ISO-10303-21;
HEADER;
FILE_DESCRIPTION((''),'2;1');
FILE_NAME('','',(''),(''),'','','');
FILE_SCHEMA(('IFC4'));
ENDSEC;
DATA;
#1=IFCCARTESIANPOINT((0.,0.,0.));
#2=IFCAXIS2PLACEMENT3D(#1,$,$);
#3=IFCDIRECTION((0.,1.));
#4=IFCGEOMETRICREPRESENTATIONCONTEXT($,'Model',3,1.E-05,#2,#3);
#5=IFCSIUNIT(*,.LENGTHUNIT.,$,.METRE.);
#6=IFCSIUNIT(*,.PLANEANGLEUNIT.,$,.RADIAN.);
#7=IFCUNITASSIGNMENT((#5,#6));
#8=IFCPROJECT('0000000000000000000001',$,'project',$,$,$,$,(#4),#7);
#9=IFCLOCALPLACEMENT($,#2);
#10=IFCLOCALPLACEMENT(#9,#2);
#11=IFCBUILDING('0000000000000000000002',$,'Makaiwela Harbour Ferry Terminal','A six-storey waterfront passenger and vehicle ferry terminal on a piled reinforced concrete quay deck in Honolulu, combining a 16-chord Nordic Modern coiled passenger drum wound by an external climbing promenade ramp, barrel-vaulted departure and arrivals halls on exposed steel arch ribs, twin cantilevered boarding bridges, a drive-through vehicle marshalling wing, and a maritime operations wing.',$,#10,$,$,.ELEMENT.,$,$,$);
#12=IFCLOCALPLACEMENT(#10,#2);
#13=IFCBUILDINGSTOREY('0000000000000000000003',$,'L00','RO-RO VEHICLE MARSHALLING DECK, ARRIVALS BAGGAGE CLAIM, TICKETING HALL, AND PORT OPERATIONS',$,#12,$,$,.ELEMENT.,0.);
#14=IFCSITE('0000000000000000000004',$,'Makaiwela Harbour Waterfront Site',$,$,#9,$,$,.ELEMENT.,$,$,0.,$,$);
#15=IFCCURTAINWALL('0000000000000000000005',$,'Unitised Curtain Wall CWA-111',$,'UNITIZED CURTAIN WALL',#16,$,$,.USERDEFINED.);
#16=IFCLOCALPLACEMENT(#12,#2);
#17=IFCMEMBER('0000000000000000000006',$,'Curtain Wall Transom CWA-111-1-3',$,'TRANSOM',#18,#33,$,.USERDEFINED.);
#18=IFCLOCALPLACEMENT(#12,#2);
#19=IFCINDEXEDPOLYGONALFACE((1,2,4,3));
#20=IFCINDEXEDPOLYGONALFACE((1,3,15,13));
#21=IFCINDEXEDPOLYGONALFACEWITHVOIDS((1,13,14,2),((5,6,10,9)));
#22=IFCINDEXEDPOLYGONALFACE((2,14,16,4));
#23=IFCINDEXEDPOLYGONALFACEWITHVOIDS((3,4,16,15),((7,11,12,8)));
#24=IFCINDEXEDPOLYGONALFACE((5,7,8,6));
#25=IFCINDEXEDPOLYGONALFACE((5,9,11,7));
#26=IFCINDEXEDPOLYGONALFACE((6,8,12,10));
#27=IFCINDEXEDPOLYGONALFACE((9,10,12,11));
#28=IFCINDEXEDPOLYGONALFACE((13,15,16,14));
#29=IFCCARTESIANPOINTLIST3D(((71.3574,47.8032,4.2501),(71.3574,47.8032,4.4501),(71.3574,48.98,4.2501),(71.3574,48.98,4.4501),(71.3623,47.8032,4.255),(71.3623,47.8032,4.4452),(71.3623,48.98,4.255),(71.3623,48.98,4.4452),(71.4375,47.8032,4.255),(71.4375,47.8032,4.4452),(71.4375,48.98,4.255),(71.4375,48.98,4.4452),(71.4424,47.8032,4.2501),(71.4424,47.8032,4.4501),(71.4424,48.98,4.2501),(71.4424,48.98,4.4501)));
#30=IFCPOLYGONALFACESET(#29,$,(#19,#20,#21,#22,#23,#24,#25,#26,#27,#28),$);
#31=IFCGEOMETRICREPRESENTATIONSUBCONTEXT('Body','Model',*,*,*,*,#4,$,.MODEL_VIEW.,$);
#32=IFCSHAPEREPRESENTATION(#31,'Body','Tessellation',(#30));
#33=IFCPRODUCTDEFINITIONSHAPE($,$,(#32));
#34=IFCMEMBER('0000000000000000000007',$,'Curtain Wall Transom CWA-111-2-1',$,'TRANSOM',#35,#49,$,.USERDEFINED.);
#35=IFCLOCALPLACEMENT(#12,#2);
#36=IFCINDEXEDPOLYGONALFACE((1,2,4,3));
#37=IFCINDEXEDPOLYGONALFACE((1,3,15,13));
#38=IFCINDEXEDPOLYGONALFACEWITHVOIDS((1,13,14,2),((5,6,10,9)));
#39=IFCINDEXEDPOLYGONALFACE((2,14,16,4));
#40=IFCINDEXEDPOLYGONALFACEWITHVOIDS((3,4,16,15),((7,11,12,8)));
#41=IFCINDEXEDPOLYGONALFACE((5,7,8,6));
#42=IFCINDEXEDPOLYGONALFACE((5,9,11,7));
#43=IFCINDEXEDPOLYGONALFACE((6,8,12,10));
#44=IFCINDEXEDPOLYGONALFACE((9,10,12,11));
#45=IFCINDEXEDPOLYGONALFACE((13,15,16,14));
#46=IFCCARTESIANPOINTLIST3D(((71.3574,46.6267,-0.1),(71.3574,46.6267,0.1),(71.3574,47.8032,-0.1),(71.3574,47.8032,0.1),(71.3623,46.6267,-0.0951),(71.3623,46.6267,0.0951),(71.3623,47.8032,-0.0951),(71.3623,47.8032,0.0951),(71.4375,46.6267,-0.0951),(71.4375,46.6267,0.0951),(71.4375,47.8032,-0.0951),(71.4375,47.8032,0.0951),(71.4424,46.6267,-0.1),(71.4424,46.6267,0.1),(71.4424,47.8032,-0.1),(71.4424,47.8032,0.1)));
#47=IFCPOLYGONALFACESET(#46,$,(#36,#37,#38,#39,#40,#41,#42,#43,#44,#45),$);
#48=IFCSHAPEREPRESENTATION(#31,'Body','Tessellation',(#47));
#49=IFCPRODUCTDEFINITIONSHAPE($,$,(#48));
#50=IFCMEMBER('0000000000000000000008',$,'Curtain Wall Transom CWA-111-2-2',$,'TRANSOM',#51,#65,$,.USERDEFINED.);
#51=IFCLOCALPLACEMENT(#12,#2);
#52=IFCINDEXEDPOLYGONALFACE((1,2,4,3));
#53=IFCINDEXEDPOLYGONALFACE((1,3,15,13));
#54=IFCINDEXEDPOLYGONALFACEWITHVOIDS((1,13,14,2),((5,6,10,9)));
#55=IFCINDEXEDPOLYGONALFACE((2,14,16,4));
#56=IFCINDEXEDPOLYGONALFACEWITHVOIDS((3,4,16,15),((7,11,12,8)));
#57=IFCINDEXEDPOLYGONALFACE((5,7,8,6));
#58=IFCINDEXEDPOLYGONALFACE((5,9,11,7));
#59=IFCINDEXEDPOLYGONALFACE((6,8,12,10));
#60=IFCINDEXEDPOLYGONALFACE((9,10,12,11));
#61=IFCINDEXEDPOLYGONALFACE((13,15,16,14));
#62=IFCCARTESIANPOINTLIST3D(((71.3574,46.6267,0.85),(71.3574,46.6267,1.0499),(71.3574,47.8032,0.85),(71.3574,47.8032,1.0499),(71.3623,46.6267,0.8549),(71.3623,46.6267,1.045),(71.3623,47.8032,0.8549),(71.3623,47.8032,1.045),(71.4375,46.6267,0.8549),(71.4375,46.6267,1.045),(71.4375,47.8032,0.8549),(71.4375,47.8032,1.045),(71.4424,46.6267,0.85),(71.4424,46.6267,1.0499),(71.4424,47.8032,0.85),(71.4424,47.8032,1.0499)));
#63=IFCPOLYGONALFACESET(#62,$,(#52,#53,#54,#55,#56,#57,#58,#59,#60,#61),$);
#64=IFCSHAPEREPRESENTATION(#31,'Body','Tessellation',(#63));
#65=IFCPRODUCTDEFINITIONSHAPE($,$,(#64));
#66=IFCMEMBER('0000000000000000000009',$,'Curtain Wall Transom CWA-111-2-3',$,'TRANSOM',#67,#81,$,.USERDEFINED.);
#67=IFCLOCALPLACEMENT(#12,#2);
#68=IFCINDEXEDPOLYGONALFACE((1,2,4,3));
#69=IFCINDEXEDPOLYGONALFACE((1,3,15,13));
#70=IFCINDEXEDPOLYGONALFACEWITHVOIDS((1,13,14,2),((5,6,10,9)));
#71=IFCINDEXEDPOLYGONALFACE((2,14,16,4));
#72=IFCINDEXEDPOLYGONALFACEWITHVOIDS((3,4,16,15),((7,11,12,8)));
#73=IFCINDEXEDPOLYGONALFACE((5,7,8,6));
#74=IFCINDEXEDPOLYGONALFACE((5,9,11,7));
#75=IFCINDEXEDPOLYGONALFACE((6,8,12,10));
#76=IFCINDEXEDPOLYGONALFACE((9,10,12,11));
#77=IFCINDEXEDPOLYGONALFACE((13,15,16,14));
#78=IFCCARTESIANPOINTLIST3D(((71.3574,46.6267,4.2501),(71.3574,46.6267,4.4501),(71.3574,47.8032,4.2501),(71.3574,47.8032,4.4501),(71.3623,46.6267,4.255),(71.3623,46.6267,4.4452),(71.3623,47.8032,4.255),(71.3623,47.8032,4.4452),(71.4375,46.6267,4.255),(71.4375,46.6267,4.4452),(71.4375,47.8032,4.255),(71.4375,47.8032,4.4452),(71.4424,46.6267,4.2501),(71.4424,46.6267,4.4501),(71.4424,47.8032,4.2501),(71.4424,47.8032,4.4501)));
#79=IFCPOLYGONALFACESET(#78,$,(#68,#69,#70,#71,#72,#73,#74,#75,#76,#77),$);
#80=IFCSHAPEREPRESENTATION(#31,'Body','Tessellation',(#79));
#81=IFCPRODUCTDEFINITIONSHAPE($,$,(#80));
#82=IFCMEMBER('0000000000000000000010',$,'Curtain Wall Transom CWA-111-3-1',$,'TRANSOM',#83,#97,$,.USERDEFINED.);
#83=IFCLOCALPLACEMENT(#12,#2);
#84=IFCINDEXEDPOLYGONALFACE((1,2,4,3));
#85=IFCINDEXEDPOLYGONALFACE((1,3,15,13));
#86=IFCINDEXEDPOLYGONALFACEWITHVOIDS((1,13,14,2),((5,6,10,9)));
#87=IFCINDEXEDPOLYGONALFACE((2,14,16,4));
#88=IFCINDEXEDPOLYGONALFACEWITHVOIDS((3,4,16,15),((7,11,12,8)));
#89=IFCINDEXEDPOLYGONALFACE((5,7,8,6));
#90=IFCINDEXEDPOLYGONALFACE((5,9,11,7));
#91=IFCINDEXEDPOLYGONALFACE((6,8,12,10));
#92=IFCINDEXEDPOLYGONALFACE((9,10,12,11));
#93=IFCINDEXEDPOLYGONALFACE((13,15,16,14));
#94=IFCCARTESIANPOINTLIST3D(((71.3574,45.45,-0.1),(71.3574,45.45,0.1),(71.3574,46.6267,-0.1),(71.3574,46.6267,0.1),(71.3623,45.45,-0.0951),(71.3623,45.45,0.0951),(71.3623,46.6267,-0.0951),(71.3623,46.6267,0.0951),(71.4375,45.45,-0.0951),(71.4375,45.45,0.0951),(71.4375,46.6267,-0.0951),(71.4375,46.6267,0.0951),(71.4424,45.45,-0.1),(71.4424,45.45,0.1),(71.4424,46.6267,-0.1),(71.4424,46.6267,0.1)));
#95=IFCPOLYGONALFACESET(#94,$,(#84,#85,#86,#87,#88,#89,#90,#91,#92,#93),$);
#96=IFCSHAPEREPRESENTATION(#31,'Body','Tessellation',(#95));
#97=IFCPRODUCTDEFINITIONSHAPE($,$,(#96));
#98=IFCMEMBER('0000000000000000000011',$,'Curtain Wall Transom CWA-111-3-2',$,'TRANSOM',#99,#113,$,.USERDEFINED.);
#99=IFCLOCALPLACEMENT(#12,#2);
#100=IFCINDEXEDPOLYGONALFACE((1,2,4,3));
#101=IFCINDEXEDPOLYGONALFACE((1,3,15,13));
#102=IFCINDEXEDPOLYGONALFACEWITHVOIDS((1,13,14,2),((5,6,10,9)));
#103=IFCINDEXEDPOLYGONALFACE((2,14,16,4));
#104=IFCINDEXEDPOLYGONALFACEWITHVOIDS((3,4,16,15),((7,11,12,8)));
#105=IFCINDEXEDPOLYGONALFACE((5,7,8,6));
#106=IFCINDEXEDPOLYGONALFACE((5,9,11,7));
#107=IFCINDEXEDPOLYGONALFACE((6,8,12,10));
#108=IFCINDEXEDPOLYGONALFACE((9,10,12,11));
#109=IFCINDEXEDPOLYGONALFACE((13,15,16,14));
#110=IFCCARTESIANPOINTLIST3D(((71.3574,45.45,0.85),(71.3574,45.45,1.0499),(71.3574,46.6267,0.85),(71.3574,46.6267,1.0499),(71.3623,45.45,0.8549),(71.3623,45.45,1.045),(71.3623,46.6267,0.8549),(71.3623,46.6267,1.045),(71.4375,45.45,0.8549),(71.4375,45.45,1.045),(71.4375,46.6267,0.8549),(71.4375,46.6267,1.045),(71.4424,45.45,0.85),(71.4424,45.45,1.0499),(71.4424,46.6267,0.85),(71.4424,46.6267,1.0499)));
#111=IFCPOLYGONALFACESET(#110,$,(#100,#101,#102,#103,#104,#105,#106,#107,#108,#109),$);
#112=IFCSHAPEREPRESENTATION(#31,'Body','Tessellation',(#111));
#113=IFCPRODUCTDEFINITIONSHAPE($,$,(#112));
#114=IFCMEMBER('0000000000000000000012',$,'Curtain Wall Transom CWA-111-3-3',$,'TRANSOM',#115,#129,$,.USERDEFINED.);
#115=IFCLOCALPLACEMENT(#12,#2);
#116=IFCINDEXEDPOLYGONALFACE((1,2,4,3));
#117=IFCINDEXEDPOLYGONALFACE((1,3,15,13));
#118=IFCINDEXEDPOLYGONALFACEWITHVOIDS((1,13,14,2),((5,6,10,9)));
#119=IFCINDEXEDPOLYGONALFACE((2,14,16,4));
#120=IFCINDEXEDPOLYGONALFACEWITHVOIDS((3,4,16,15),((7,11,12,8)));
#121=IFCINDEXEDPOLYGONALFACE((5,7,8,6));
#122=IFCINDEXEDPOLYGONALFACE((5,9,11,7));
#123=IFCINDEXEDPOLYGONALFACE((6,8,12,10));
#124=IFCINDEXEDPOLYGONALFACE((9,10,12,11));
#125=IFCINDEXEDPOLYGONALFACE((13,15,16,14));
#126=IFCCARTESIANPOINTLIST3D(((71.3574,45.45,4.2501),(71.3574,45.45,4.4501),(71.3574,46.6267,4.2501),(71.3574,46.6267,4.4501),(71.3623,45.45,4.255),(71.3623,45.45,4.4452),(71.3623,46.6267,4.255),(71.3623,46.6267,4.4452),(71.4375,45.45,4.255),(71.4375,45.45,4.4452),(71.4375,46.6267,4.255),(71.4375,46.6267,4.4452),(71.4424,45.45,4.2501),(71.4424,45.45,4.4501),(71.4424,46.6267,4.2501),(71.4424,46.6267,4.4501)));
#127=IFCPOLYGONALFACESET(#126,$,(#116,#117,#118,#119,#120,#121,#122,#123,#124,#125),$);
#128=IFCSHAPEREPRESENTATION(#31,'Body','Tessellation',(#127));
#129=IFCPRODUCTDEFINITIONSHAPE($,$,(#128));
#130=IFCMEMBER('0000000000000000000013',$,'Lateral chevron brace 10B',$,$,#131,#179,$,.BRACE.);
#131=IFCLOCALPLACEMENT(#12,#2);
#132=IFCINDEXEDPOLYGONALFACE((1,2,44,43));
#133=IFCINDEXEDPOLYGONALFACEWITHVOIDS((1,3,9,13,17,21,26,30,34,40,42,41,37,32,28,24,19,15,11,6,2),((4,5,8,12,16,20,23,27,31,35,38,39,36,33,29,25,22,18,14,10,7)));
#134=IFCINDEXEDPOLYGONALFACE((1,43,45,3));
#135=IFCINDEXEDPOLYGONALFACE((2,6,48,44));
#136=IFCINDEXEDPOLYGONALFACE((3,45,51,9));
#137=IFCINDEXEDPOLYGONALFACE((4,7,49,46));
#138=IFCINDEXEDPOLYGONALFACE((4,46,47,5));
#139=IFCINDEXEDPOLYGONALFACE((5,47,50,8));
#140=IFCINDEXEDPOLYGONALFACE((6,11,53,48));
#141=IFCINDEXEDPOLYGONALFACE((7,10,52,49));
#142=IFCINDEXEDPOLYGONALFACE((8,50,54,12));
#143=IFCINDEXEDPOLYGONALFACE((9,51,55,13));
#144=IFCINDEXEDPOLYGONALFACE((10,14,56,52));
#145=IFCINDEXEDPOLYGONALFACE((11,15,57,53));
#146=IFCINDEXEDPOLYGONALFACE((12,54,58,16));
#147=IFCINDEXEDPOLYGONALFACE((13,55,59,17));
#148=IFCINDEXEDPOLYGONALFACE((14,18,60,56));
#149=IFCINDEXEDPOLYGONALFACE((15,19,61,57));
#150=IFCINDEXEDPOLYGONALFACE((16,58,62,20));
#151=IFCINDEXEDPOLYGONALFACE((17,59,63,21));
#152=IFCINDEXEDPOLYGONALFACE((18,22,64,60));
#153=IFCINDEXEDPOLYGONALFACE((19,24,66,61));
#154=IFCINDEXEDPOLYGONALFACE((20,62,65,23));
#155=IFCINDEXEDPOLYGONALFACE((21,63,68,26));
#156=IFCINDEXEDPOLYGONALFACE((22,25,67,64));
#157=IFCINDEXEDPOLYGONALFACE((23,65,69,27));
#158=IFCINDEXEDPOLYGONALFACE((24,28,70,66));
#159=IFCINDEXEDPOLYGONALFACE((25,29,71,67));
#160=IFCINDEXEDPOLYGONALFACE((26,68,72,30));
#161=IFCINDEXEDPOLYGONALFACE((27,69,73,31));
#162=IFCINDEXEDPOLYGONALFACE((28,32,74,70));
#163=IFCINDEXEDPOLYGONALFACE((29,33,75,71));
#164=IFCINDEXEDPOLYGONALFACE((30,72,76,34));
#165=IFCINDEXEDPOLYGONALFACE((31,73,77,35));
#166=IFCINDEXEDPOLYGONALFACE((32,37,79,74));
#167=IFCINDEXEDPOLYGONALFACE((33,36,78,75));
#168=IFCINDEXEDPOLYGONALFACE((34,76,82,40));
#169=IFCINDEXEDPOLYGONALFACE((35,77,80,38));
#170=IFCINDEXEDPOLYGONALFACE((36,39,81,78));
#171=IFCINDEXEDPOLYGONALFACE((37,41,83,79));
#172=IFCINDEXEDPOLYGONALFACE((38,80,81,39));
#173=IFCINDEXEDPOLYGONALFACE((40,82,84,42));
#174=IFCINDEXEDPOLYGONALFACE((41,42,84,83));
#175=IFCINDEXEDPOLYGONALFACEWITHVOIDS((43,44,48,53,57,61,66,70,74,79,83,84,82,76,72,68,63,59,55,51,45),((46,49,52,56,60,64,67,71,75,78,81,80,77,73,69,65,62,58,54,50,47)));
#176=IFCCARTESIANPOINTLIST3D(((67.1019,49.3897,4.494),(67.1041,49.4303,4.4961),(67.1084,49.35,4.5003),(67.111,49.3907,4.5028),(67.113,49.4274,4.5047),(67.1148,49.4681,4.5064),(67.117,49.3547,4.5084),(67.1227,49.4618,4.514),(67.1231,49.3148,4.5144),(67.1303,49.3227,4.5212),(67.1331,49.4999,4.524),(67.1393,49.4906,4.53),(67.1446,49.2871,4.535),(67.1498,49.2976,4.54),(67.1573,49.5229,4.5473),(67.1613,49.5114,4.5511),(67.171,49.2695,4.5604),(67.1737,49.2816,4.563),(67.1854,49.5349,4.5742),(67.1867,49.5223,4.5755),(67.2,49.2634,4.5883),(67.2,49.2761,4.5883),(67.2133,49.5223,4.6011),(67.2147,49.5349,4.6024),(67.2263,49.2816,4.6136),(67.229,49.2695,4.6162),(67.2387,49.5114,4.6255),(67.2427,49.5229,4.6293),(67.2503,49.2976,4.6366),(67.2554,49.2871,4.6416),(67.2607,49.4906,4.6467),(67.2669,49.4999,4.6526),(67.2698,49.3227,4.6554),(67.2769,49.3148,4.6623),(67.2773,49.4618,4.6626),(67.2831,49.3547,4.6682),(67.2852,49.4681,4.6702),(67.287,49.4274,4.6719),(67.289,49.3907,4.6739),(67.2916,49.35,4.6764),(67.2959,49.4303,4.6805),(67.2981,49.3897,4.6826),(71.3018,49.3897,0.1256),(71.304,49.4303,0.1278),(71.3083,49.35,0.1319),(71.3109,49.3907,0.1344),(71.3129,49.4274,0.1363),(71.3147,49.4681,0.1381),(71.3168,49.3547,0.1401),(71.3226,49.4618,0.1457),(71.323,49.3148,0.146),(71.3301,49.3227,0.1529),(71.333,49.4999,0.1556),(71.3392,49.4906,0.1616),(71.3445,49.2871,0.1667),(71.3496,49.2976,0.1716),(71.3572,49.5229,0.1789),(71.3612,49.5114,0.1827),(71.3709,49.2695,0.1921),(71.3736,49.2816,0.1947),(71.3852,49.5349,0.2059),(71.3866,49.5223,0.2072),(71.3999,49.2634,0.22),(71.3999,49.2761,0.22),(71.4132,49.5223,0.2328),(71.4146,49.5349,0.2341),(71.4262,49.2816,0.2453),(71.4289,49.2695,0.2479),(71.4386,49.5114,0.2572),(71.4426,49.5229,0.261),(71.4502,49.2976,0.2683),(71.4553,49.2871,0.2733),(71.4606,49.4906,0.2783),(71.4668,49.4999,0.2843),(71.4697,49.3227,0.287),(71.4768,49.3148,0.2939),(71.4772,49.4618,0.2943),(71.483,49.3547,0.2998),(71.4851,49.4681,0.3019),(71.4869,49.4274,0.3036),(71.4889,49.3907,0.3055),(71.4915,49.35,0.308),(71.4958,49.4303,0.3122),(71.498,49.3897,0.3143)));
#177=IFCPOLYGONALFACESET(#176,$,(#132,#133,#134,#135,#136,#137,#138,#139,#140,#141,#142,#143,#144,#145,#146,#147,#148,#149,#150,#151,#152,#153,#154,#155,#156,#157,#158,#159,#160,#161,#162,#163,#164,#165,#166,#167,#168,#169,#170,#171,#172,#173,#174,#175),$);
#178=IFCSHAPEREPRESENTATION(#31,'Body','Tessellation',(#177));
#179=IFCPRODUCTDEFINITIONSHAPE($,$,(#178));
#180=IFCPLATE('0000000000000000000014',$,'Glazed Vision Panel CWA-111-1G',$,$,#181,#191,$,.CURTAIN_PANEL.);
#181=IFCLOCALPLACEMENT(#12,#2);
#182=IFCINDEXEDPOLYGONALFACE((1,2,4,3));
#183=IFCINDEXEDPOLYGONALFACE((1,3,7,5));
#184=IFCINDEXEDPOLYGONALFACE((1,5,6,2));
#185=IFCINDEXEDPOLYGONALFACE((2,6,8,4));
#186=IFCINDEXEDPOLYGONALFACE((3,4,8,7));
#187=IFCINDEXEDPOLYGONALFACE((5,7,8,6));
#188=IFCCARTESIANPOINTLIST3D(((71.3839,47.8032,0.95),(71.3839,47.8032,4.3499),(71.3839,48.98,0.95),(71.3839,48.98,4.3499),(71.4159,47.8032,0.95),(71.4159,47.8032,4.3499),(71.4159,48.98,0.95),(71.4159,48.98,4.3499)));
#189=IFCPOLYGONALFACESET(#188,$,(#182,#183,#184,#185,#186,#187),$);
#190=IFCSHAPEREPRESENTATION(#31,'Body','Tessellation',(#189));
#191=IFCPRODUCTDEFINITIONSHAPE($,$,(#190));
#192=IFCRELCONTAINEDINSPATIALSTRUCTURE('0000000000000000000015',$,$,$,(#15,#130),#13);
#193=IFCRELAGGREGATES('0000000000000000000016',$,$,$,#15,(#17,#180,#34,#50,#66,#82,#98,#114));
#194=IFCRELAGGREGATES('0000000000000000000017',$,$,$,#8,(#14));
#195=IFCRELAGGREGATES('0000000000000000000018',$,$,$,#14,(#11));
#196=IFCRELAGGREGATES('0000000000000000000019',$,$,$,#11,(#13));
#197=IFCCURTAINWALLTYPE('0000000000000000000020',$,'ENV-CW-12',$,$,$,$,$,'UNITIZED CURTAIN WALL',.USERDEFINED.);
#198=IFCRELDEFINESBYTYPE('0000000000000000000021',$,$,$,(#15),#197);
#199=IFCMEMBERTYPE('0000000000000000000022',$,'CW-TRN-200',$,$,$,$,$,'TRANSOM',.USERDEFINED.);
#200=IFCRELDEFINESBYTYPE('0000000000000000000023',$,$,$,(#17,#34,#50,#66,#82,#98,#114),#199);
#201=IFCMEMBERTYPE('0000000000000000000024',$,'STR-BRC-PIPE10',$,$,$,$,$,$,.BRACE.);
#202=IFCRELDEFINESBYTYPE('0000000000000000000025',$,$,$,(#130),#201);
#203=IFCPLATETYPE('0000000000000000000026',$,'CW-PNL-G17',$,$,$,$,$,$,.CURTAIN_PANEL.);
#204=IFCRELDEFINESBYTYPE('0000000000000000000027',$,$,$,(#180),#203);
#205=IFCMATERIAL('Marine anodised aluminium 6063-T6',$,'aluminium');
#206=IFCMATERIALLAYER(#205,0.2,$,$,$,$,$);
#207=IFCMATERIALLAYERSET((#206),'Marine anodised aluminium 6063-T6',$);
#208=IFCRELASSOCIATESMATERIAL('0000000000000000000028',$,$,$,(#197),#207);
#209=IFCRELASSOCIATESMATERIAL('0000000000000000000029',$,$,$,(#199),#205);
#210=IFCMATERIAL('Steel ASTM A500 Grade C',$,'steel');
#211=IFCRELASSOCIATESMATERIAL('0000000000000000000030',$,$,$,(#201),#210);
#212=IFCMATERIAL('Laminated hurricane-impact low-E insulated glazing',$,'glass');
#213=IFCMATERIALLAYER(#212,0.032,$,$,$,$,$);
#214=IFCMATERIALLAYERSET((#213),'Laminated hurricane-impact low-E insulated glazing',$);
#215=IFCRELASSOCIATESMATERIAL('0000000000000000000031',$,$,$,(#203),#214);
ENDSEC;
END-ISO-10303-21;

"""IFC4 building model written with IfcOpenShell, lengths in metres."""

from ifc_helpers import new_model, si_unit, direction, frame, origin, origin_2d, place, context, subcontext, project, spatial, rectangle, hollow_rectangle, hollow_circle, extrude, material, layer, layer_set, material_profile, profile_set, type_object, element, aggregate, save


model = new_model("IFC4")

# Units and contexts
model_context = context("Model", 3, precision=1e-05, world=origin(), true_north=direction((0.0, 1.0)))
body_context = subcontext(model_context, "Body", "Model", "MODEL_VIEW")
ifc_project = project(units=[si_unit("LENGTHUNIT", "METRE"), si_unit("PLANEANGLEUNIT", "RADIAN")], contexts=[model_context])

# Site, building, storey
site_placement = place(None, origin())
site = spatial("IfcSite", under=ifc_project, at=site_placement, Name="Makaiwela Harbour Waterfront Site", CompositionType="ELEMENT", RefElevation=0.0)
building_placement = place(site_placement, origin())
building = spatial("IfcBuilding", under=site, at=building_placement, Name="Makaiwela Harbour Ferry Terminal", Description="A six-storey waterfront passenger and vehicle ferry terminal on a piled reinforced concrete quay deck in Honolulu, combining a 16-chord Nordic Modern coiled passenger drum wound by an external climbing promenade ramp, barrel-vaulted departure and arrivals halls on exposed steel arch ribs, twin cantilevered boarding bridges, a drive-through vehicle marshalling wing, and a maritime operations wing.", CompositionType="ELEMENT")
storey_placement = place(building_placement, origin())
storey = spatial("IfcBuildingStorey", under=building, at=storey_placement, Name="L00", Description="RO-RO VEHICLE MARSHALLING DECK, ARRIVALS BAGGAGE CLAIM, TICKETING HALL, AND PORT OPERATIONS", CompositionType="ELEMENT", Elevation=0.0)

# Curtain wall, members
ifc_material_1 = material(Name="Marine anodised aluminium 6063-T6", Category="aluminium")
ifc_layer_1 = layer(ifc_material_1, 0.2)
ifc_layer_set_1 = layer_set([ifc_layer_1], Name="Marine anodised aluminium 6063-T6")
curtain_wall_type = type_object("IfcCurtainWallType", Name="ENV-CW-12", ElementType="UNITIZED CURTAIN WALL", PredefinedType="USERDEFINED", material=ifc_layer_set_1)
curtain_wall_placement = place(storey_placement, origin())
curtain_wall = element("IfcCurtainWall", 1, at=curtain_wall_placement, inside=storey, type_object=curtain_wall_type, Name="Unitised Curtain Wall CWA-111", ObjectType="UNITIZED CURTAIN WALL", PredefinedType="USERDEFINED")
ifc_material_profile_1 = material_profile(ifc_material_1, hollow_rectangle(XDim=0.085, YDim=0.2, WallThickness=0.0049, at=origin_2d()), Name="CWT-200X85")
ifc_profile_set_1 = profile_set([ifc_material_profile_1], Name="Marine anodised aluminium 6063-T6")
member_type_1 = type_object("IfcMemberType", Name="CW-TRN-200", ElementType="TRANSOM", PredefinedType="USERDEFINED", material=ifc_profile_set_1)
member_1_placement = place(storey_placement, frame((71.3999, 48.98, 4.3501), z_axis=(0.0, -1.0, 0.0), x_axis=(1.0, 0.0, 0.0)))
member_1 = element("IfcMember", 2, at=member_1_placement, type_object=member_type_1, Name="Curtain Wall Transom CWA-111-1-3", ObjectType="TRANSOM", PredefinedType="USERDEFINED", context=body_context, shape_type="SweptSolid", body=[
    extrude(hollow_rectangle(XDim=0.085, YDim=0.2, WallThickness=0.0049, at=origin_2d()), origin(), (0.0, 0.0, 1.0), 1.1768),
])
member_2_placement = place(storey_placement, frame((71.3999, 47.8032, 0.0), z_axis=(0.0, -1.0, 0.0), x_axis=(1.0, 0.0, 0.0)))
member_2 = element("IfcMember", 3, at=member_2_placement, type_object=member_type_1, Name="Curtain Wall Transom CWA-111-2-1", ObjectType="TRANSOM", PredefinedType="USERDEFINED", context=body_context, shape_type="SweptSolid", body=[
    extrude(hollow_rectangle(XDim=0.085, YDim=0.2, WallThickness=0.0049, at=origin_2d()), origin(), (0.0, 0.0, 1.0), 1.1765),
])
member_3_placement = place(storey_placement, frame((71.3999, 47.8032, 0.95), z_axis=(0.0, -1.0, 0.0), x_axis=(1.0, 0.0, 0.0)))
member_3 = element("IfcMember", 4, at=member_3_placement, type_object=member_type_1, Name="Curtain Wall Transom CWA-111-2-2", ObjectType="TRANSOM", PredefinedType="USERDEFINED", context=body_context, shape_type="SweptSolid", body=[
    extrude(hollow_rectangle(XDim=0.085, YDim=0.2, WallThickness=0.0049, at=origin_2d()), origin(), (0.0, 0.0, 1.0), 1.1765),
])
member_4_placement = place(storey_placement, frame((71.3999, 47.8032, 4.3501), z_axis=(0.0, -1.0, 0.0), x_axis=(1.0, 0.0, 0.0)))
member_4 = element("IfcMember", 5, at=member_4_placement, type_object=member_type_1, Name="Curtain Wall Transom CWA-111-2-3", ObjectType="TRANSOM", PredefinedType="USERDEFINED", context=body_context, shape_type="SweptSolid", body=[
    extrude(hollow_rectangle(XDim=0.085, YDim=0.2, WallThickness=0.0049, at=origin_2d()), origin(), (0.0, 0.0, 1.0), 1.1765),
])
member_5_placement = place(storey_placement, frame((71.3999, 46.6267, 0.0), z_axis=(0.0, -1.0, 0.0), x_axis=(1.0, 0.0, 0.0)))
member_5 = element("IfcMember", 6, at=member_5_placement, type_object=member_type_1, Name="Curtain Wall Transom CWA-111-3-1", ObjectType="TRANSOM", PredefinedType="USERDEFINED", context=body_context, shape_type="SweptSolid", body=[
    extrude(hollow_rectangle(XDim=0.085, YDim=0.2, WallThickness=0.0049, at=origin_2d()), origin(), (0.0, 0.0, 1.0), 1.1768),
])
member_6_placement = place(storey_placement, frame((71.3999, 46.6267, 0.95), z_axis=(0.0, -1.0, 0.0), x_axis=(1.0, 0.0, 0.0)))
member_6 = element("IfcMember", 7, at=member_6_placement, type_object=member_type_1, Name="Curtain Wall Transom CWA-111-3-2", ObjectType="TRANSOM", PredefinedType="USERDEFINED", context=body_context, shape_type="SweptSolid", body=[
    extrude(hollow_rectangle(XDim=0.085, YDim=0.2, WallThickness=0.0049, at=origin_2d()), origin(), (0.0, 0.0, 1.0), 1.1768),
])
member_7_placement = place(storey_placement, frame((71.3999, 46.6267, 4.3501), z_axis=(0.0, -1.0, 0.0), x_axis=(1.0, 0.0, 0.0)))
member_7 = element("IfcMember", 8, at=member_7_placement, type_object=member_type_1, Name="Curtain Wall Transom CWA-111-3-3", ObjectType="TRANSOM", PredefinedType="USERDEFINED", context=body_context, shape_type="SweptSolid", body=[
    extrude(hollow_rectangle(XDim=0.085, YDim=0.2, WallThickness=0.0049, at=origin_2d()), origin(), (0.0, 0.0, 1.0), 1.1768),
])

# Member
ifc_material_2 = material(Name="Steel ASTM A500 Grade C", Category="steel")
ifc_material_profile_2 = material_profile(ifc_material_2, hollow_circle(Radius=0.1365, WallThickness=0.0127, at=origin_2d()), Name="PIPE10XS")
ifc_profile_set_2 = profile_set([ifc_material_profile_2], Name="Steel ASTM A500 Grade C")
member_type_2 = type_object("IfcMemberType", Name="STR-BRC-PIPE10", PredefinedType="BRACE", material=ifc_profile_set_2)
member_8_placement = place(storey_placement, frame((71.3999, 49.3999, 0.22), z_axis=(-0.693071, 0.0, 0.720869), x_axis=(0.0, -1.0, 0.0)))
element("IfcMember", 9, at=member_8_placement, inside=storey, type_object=member_type_2, Name="Lateral chevron brace 10B", PredefinedType="BRACE", context=body_context, shape_type="SweptSolid", body=[
    extrude(hollow_circle(Radius=0.1365, WallThickness=0.0127, at=origin_2d()), origin(), (0.0, 0.0, 1.0), 6.0598),
])

# Plate
ifc_material_3 = material(Name="Laminated hurricane-impact low-E insulated glazing", Category="glass")
ifc_layer_2 = layer(ifc_material_3, 0.032)
ifc_layer_set_2 = layer_set([ifc_layer_2], Name="Laminated hurricane-impact low-E insulated glazing")
plate_type_1 = type_object("IfcPlateType", Name="CW-PNL-G17", PredefinedType="CURTAIN_PANEL", material=ifc_layer_set_2)
plate_1_placement = place(storey_placement, frame((71.3999, 48.3916, 0.95), z_axis=(0.0, 0.0, 1.0), x_axis=(0.0, -1.0, 0.0)))
plate_1 = element("IfcPlate", 10, at=plate_1_placement, type_object=plate_type_1, Name="Glazed Vision Panel CWA-111-1G", PredefinedType="CURTAIN_PANEL", context=body_context, shape_type="SweptSolid", body=[
    extrude(rectangle(XDim=1.1768, YDim=0.032, at=origin_2d()), origin(), (0.0, 0.0, 1.0), 3.3999),
])
aggregate(curtain_wall, [member_1, plate_1, member_2, member_3, member_4, member_5, member_6, member_7])

save(model, "model.ifc")
